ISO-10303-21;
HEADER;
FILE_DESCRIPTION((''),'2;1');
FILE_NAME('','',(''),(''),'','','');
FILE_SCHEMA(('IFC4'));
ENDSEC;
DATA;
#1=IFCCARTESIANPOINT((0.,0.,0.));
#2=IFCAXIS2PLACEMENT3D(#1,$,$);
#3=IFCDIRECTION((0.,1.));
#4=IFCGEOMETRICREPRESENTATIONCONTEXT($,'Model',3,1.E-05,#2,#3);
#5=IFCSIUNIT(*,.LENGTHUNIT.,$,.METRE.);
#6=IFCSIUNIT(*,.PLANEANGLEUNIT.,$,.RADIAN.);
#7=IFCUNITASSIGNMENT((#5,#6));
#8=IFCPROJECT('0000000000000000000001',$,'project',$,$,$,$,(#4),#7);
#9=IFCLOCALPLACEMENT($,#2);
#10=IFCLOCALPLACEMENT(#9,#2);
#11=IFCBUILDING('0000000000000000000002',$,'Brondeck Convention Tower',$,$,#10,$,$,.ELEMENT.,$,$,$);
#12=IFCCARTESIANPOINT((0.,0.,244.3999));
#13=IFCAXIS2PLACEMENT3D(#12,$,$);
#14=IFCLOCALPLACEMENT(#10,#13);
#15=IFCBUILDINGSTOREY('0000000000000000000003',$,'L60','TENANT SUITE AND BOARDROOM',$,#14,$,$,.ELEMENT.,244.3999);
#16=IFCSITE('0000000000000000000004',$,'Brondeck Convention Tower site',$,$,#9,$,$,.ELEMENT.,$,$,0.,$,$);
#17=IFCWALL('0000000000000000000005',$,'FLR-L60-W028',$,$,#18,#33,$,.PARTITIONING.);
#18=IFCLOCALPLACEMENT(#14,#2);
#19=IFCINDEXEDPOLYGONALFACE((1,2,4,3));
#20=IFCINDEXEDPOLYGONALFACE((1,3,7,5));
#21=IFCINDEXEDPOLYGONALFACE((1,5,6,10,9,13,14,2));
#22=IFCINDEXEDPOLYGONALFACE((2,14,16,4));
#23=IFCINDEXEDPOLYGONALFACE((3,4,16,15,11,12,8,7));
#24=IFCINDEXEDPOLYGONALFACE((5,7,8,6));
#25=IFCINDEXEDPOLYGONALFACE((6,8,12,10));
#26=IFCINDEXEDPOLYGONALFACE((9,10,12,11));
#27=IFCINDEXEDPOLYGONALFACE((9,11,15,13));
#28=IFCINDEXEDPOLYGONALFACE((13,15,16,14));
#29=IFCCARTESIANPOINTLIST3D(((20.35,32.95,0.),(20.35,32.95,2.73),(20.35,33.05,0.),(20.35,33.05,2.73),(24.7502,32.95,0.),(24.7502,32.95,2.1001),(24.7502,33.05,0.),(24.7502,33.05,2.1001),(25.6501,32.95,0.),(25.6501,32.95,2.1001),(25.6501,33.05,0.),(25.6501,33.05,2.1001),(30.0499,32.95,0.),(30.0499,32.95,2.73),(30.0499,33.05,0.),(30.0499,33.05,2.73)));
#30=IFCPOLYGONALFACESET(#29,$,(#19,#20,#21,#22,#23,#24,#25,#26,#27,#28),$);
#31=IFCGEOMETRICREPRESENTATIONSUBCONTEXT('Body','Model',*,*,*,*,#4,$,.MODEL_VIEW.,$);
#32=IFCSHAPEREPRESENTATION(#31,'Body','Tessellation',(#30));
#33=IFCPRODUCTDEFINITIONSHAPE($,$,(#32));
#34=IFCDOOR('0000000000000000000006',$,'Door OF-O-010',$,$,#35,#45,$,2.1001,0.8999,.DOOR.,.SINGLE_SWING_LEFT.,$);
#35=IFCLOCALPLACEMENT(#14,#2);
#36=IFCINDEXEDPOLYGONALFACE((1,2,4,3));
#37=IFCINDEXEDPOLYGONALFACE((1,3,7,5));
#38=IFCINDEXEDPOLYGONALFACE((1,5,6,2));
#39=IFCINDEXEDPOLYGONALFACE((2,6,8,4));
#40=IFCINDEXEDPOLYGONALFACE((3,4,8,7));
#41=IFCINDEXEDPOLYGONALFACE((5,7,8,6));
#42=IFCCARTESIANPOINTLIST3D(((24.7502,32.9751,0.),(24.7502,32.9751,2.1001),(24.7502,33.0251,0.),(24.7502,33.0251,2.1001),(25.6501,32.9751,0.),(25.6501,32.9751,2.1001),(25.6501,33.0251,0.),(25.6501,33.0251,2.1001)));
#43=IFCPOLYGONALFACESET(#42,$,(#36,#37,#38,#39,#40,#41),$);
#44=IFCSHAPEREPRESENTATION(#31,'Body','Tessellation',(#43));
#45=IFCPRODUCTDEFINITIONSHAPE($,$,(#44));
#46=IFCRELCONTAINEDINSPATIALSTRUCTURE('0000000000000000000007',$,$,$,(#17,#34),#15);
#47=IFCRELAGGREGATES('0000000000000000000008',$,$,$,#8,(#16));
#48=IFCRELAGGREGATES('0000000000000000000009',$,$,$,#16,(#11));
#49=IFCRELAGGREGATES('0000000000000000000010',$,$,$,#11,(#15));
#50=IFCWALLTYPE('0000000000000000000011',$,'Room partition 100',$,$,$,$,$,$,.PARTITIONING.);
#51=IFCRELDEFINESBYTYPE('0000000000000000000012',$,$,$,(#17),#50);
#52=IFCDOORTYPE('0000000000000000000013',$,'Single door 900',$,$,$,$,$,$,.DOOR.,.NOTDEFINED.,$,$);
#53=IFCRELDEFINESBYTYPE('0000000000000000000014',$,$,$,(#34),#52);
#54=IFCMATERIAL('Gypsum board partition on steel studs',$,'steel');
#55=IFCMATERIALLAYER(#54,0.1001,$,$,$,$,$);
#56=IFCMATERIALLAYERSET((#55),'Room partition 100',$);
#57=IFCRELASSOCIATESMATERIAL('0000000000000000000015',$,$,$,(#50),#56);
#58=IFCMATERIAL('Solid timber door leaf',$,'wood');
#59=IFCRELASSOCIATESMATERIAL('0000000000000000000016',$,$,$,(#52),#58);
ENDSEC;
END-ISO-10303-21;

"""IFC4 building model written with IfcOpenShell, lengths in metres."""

from ifc_helpers import new_model, si_unit, direction, frame, frame_2d, origin, place, context, subcontext, project, spatial, rectangle, extrude, material, layer, layer_set, type_object, element, fill, save


model = new_model("IFC4")

# Units and contexts
model_context = context("Model", 3, precision=1e-05, world=origin(), true_north=direction((0.0, 1.0)))
body_context = subcontext(model_context, "Body", "Model", "MODEL_VIEW")
ifc_project = project(units=[si_unit("LENGTHUNIT", "METRE"), si_unit("PLANEANGLEUNIT", "RADIAN")], contexts=[model_context])

# Site, building, storey
site_placement = place(None, origin())
site = spatial("IfcSite", under=ifc_project, at=site_placement, Name="Brondeck Convention Tower site", CompositionType="ELEMENT", RefElevation=0.0)
building_placement = place(site_placement, origin())
building = spatial("IfcBuilding", under=site, at=building_placement, Name="Brondeck Convention Tower", CompositionType="ELEMENT")
storey_placement = place(building_placement, frame((0.0, 0.0, 244.3999)))
storey = spatial("IfcBuildingStorey", under=building, at=storey_placement, Name="L60", Description="TENANT SUITE AND BOARDROOM", CompositionType="ELEMENT", Elevation=244.3999)

# Wall, opening, door
ifc_material_1 = material(Name="Gypsum board partition on steel studs", Category="steel")
ifc_layer_1 = layer(ifc_material_1, 0.1001)
ifc_layer_set_1 = layer_set([ifc_layer_1], Name="Room partition 100")
wall_type_1 = type_object("IfcWallType", Name="Room partition 100", PredefinedType="PARTITIONING", material=ifc_layer_set_1)
wall_1_placement = place(storey_placement, frame((30.05, 33.0, 0.0), z_axis=(0.0, 0.0, 1.0), x_axis=(-1.0, 0.0, 0.0)))
wall_1 = element("IfcWall", 1, at=wall_1_placement, inside=storey, type_object=wall_type_1, Name="FLR-L60-W028", PredefinedType="PARTITIONING", context=body_context, shape_type="SweptSolid", body=[
    extrude(rectangle(XDim=9.7, YDim=0.1001, at=frame_2d((4.8501, 0.0))), origin(), (0.0, 0.0, 1.0), 2.73),
])
opening_1_placement = place(wall_1_placement, frame((4.3999, 0.0, 0.0)))
opening_1 = element("IfcOpeningElement", 2, at=opening_1_placement, cuts=wall_1, PredefinedType="OPENING", context=body_context, shape_type="SweptSolid", body=[
    extrude(rectangle(XDim=0.8999, YDim=2.1001, at=frame_2d((0.45, 1.05))), frame((0.0, 0.0601, 0.0), z_axis=(0.0, -1.0, 0.0), x_axis=(1.0, 0.0, 0.0)), (0.0, 0.0, 1.0), 0.1201),
])
ifc_material_2 = material(Name="Solid timber door leaf", Category="wood")
door_type = type_object("IfcDoorType", Name="Single door 900", OperationType="NOTDEFINED", PredefinedType="DOOR", material=ifc_material_2)
door_placement = place(opening_1_placement, origin())
door = element("IfcDoor", 3, at=door_placement, inside=storey, type_object=door_type, Name="Door OF-O-010", OperationType="SINGLE_SWING_LEFT", OverallHeight=2.1001, OverallWidth=0.8999, PredefinedType="DOOR", context=body_context, shape_type="SweptSolid", body=[
    extrude(rectangle(XDim=0.8999, YDim=2.1001, at=frame_2d((0.45, 1.05))), frame((0.0, 0.0249, 0.0), z_axis=(0.0, -1.0, 0.0), x_axis=(1.0, 0.0, 0.0)), (0.0, 0.0, 1.0), 0.05),
])
fill(opening_1, door)

save(model, "model.ifc")
